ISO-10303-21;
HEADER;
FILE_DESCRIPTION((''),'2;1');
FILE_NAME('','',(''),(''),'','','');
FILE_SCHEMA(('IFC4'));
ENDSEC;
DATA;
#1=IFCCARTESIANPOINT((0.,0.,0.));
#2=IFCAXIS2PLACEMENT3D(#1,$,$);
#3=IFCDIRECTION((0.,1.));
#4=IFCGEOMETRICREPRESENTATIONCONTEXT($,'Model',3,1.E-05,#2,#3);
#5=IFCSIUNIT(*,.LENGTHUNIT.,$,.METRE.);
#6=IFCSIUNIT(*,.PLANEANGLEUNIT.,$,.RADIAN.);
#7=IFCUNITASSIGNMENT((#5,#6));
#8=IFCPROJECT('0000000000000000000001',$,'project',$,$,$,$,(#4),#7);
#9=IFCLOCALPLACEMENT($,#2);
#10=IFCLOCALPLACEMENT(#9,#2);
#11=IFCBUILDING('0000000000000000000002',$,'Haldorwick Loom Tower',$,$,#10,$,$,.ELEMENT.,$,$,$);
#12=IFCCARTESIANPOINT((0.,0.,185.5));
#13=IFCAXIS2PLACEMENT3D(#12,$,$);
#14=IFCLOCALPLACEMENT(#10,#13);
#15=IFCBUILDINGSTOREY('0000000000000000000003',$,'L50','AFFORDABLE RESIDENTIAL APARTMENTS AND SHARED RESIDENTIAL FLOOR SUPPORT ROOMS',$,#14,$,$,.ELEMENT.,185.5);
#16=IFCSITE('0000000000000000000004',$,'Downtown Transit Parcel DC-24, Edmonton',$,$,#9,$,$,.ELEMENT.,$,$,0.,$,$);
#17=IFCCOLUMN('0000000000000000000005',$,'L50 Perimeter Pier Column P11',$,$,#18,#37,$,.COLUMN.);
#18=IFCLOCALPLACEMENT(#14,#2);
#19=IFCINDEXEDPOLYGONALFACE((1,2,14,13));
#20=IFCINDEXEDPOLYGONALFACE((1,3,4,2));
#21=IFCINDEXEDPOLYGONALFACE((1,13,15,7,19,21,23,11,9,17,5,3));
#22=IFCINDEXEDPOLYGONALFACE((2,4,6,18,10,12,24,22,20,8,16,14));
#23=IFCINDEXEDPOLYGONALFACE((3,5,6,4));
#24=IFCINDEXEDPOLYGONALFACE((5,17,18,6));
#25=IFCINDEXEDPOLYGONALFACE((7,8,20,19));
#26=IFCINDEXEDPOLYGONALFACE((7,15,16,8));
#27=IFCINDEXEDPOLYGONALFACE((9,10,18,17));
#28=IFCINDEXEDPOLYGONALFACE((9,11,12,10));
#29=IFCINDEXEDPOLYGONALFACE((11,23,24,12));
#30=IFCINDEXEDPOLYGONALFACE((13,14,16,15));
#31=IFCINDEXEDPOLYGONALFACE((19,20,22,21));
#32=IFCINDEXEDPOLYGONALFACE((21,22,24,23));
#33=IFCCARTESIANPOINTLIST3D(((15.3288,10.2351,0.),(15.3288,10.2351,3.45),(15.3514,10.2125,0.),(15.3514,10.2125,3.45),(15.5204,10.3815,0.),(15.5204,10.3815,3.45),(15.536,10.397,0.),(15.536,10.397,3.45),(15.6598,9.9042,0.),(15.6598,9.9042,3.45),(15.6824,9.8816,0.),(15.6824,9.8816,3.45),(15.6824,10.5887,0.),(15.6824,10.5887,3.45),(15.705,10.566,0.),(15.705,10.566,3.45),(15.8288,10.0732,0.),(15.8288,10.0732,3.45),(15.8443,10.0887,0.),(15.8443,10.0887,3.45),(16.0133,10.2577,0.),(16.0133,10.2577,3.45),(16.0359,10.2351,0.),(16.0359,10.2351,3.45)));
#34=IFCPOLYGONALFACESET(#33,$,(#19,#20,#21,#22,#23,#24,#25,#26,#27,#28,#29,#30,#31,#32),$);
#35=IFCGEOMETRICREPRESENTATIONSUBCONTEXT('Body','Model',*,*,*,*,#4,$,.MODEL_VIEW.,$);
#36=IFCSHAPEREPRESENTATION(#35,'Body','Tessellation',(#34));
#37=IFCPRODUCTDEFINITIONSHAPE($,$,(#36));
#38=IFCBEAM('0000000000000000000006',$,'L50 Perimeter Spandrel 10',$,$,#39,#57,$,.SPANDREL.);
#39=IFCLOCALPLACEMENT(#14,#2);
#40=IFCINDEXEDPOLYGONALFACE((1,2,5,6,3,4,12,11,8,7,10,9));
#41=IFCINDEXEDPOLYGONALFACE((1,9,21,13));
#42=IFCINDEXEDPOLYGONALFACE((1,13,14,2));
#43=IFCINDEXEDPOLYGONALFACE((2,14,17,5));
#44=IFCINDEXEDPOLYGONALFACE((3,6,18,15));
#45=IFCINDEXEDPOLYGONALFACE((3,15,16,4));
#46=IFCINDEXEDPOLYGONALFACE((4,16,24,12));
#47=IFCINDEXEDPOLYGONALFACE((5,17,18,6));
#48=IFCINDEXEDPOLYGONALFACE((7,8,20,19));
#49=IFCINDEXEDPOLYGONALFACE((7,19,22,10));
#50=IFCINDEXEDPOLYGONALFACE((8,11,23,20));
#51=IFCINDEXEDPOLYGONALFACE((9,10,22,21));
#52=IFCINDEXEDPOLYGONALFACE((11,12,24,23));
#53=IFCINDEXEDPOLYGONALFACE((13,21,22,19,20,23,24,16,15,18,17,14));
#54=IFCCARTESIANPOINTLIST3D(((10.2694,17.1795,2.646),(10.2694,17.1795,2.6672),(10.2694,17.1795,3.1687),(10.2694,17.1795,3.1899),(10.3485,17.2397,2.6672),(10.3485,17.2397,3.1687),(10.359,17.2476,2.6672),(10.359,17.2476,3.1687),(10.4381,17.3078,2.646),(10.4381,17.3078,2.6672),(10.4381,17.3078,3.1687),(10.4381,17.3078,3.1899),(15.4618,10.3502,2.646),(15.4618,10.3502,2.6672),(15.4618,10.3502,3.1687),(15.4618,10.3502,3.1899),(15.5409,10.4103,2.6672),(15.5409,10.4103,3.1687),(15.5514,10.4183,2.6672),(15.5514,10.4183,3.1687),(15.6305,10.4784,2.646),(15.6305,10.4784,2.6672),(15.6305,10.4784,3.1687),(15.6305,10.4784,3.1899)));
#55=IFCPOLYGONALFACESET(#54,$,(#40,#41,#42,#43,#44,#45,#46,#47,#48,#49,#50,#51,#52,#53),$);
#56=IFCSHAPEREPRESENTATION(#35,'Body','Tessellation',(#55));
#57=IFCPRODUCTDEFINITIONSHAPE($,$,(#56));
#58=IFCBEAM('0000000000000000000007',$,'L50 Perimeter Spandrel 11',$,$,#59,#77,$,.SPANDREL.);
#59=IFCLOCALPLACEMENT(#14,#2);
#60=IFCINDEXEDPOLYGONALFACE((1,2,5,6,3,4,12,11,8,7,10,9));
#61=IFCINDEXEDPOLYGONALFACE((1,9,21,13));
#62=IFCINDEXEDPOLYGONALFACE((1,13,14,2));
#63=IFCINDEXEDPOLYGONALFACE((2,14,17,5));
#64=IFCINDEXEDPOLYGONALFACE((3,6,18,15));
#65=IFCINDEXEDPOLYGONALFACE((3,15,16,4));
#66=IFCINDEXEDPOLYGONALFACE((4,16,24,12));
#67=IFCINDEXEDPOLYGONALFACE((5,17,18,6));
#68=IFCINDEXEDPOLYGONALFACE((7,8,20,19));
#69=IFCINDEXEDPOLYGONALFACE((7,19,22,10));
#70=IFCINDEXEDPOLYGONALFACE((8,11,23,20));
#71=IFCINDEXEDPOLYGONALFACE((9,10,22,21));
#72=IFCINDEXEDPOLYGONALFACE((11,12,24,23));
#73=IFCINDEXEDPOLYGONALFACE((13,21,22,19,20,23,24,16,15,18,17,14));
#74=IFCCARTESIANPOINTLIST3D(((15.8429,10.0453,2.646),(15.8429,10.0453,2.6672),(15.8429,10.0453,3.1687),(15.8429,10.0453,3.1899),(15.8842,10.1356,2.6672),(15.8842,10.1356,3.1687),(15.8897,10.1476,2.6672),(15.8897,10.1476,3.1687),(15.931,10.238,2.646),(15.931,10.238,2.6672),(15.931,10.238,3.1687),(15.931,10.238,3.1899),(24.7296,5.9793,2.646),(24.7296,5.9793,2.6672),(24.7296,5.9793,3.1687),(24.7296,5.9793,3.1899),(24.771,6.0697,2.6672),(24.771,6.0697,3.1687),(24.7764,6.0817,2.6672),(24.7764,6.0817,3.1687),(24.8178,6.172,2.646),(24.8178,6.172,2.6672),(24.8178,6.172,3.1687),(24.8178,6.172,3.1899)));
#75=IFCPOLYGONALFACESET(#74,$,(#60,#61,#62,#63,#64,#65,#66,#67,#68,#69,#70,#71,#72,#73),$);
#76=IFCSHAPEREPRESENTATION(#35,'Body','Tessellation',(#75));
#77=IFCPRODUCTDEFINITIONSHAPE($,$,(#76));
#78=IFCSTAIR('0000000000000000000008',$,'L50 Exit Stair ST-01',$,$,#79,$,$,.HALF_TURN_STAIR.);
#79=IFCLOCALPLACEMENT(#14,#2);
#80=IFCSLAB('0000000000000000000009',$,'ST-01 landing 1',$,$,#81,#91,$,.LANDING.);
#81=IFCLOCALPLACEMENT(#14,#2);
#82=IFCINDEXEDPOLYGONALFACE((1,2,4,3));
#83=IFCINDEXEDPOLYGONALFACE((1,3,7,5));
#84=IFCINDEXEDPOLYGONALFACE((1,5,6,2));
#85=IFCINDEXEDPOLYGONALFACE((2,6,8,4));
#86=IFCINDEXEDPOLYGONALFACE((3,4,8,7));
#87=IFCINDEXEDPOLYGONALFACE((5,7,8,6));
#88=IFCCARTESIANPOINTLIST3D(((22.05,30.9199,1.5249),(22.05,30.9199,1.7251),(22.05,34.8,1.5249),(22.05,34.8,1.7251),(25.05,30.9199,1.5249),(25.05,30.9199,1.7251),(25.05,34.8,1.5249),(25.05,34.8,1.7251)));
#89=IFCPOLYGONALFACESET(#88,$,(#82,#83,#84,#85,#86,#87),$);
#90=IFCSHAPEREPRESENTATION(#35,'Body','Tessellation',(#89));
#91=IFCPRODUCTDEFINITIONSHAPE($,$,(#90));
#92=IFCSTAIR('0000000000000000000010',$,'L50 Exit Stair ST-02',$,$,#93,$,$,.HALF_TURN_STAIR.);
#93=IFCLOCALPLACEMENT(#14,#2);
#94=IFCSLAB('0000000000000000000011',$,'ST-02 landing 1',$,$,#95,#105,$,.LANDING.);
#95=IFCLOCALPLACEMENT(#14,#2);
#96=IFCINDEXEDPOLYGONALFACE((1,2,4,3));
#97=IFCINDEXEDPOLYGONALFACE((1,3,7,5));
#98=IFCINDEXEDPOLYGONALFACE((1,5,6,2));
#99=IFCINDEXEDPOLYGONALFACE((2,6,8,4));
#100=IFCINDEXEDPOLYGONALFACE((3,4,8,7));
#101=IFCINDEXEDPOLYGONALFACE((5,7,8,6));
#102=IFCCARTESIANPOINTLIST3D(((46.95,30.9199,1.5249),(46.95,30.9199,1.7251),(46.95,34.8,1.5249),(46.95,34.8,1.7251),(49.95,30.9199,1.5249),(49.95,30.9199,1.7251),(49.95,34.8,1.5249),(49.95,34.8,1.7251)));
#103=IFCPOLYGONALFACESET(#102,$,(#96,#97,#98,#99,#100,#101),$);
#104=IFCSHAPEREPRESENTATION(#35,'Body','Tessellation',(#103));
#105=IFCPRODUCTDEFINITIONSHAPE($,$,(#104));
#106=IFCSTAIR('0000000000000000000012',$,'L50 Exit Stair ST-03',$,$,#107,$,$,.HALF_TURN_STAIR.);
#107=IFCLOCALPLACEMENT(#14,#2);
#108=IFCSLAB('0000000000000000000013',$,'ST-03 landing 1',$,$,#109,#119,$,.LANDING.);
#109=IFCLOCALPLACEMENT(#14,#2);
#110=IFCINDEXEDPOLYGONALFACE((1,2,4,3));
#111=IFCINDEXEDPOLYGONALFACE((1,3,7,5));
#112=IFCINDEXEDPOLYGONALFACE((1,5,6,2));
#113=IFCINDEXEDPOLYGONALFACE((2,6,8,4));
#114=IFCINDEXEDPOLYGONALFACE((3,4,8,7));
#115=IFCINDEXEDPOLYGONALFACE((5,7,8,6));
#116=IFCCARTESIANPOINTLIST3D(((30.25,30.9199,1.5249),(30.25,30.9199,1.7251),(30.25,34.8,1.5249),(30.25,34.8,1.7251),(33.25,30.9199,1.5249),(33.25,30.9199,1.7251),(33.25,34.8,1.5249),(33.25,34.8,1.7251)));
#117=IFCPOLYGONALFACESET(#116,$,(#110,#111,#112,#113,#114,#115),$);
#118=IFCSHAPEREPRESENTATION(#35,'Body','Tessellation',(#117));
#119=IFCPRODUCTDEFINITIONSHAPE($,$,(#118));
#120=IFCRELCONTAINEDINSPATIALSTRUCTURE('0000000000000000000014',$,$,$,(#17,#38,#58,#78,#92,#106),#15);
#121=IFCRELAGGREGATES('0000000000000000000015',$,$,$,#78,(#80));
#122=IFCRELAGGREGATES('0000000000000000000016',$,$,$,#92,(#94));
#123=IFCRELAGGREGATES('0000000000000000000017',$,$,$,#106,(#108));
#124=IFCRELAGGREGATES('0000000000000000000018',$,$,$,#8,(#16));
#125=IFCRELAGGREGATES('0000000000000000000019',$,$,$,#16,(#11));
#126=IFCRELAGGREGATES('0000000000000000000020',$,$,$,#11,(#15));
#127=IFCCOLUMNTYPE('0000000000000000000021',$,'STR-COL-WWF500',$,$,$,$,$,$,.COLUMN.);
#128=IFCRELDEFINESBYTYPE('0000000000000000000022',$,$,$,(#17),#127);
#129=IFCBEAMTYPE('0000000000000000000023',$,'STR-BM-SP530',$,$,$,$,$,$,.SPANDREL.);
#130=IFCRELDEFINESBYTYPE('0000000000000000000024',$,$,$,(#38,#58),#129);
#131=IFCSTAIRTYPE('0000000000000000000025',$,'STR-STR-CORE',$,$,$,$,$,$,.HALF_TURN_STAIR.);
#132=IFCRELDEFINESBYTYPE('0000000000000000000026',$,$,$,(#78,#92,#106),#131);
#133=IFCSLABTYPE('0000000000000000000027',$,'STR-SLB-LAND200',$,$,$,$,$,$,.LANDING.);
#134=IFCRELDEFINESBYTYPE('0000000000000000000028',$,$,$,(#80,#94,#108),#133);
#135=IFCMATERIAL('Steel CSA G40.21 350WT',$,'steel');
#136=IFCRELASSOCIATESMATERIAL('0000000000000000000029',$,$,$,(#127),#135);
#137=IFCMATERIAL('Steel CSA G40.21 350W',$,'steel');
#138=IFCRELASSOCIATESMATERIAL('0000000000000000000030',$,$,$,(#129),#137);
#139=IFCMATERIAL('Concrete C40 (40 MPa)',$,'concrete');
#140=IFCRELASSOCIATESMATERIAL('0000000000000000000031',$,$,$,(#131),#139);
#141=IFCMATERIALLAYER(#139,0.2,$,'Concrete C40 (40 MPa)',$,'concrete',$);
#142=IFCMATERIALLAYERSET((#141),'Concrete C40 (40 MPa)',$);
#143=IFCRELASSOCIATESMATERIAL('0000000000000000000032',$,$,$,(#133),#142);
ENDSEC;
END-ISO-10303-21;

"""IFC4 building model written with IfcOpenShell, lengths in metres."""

from ifc_helpers import new_model, si_unit, direction, frame, origin, origin_2d, place, context, subcontext, project, spatial, polyline, i_section, outline, extrude, material, layer, layer_set, material_profile, profile_set, type_object, element, aggregate, save


model = new_model("IFC4")

# Units and contexts
model_context = context("Model", 3, precision=1e-05, world=origin(), true_north=direction((0.0, 1.0)))
body_context = subcontext(model_context, "Body", "Model", "MODEL_VIEW")
ifc_project = project(units=[si_unit("LENGTHUNIT", "METRE"), si_unit("PLANEANGLEUNIT", "RADIAN")], contexts=[model_context])

# Site, building, storey
site_placement = place(None, origin())
site = spatial("IfcSite", under=ifc_project, at=site_placement, Name="Downtown Transit Parcel DC-24, Edmonton", CompositionType="ELEMENT", RefElevation=0.0)
building_placement = place(site_placement, origin())
building = spatial("IfcBuilding", under=site, at=building_placement, Name="Haldorwick Loom Tower", CompositionType="ELEMENT")
storey_placement = place(building_placement, frame((0.0, 0.0, 185.5)))
storey = spatial("IfcBuildingStorey", under=building, at=storey_placement, Name="L50", Description="AFFORDABLE RESIDENTIAL APARTMENTS AND SHARED RESIDENTIAL FLOOR SUPPORT ROOMS", CompositionType="ELEMENT", Elevation=185.5)

# Column
ifc_material_1 = material(Name="Steel CSA G40.21 350WT", Category="steel")
ifc_material_profile_1 = material_profile(ifc_material_1, i_section(OverallWidth=0.5, OverallDepth=0.5, WebThickness=0.022, FlangeThickness=0.032, at=origin_2d()), Name="WWF500X500", Category="steel")
ifc_profile_set_1 = profile_set([ifc_material_profile_1], Name="Steel CSA G40.21 350WT")
column_type = type_object("IfcColumnType", Name="STR-COL-WWF500", PredefinedType="COLUMN", material=ifc_profile_set_1)
column_placement = place(storey_placement, frame((15.6824, 10.2351, 0.0), z_axis=(0.0, 0.0, 1.0), x_axis=(-0.707107, -0.707107, 0.0)))
element("IfcColumn", 1, at=column_placement, inside=storey, type_object=column_type, Name="L50 Perimeter Pier Column P11", PredefinedType="COLUMN", context=body_context, shape_type="SweptSolid", body=[
    extrude(i_section(OverallWidth=0.5, OverallDepth=0.5, WebThickness=0.022, FlangeThickness=0.032, at=origin_2d()), origin(), (0.0, 0.0, 1.0), 3.45),
])

# Beams
ifc_material_2 = material(Name="Steel CSA G40.21 350W", Category="steel")
ifc_material_profile_2 = material_profile(ifc_material_2, i_section(OverallWidth=0.2119, OverallDepth=0.5439, WebThickness=0.0132, FlangeThickness=0.0212, at=origin_2d()), Name="W530X123", Category="steel")
ifc_profile_set_2 = profile_set([ifc_material_profile_2], Name="Steel CSA G40.21 350W")
beam_type = type_object("IfcBeamType", Name="STR-BM-SP530", PredefinedType="SPANDREL", material=ifc_profile_set_2)
beam_1_placement = place(storey_placement, frame((10.3538, 17.2437, 2.918), z_axis=(0.605237, -0.796045, 0.0), x_axis=(0.796045, 0.605237, 0.0)))
element("IfcBeam", 2, at=beam_1_placement, inside=storey, type_object=beam_type, Name="L50 Perimeter Spandrel 10", PredefinedType="SPANDREL", context=body_context, shape_type="SweptSolid", body=[
    extrude(i_section(OverallWidth=0.2119, OverallDepth=0.5439, WebThickness=0.0132, FlangeThickness=0.0212, at=origin_2d()), origin(), (0.0, 0.0, 1.0), 8.5791),
])
beam_2_placement = place(storey_placement, frame((15.887, 10.1416, 2.918), z_axis=(0.909342, -0.416049, 0.0), x_axis=(0.416049, 0.909342, 0.0)))
element("IfcBeam", 3, at=beam_2_placement, inside=storey, type_object=beam_type, Name="L50 Perimeter Spandrel 11", PredefinedType="SPANDREL", context=body_context, shape_type="SweptSolid", body=[
    extrude(i_section(OverallWidth=0.2119, OverallDepth=0.5439, WebThickness=0.0132, FlangeThickness=0.0212, at=origin_2d()), origin(), (0.0, 0.0, 1.0), 9.7727),
])

# Stairs, slabs
ifc_material_3 = material(Name="Concrete C40 (40 MPa)", Category="concrete")
stair_type = type_object("IfcStairType", Name="STR-STR-CORE", PredefinedType="HALF_TURN_STAIR", material=ifc_material_3)
stair_1_placement = place(storey_placement, origin())
stair_1 = element("IfcStair", 4, at=stair_1_placement, inside=storey, type_object=stair_type, Name="L50 Exit Stair ST-01", PredefinedType="HALF_TURN_STAIR")
ifc_layer_1 = layer(ifc_material_3, 0.2, Name="Concrete C40 (40 MPa)", Category="concrete")
ifc_layer_set_1 = layer_set([ifc_layer_1], Name="Concrete C40 (40 MPa)")
slab_type_1 = type_object("IfcSlabType", Name="STR-SLB-LAND200", PredefinedType="LANDING", material=ifc_layer_set_1)
slab_1_placement = place(storey_placement, frame((0.0, 0.0, 1.5249)))
slab_1 = element("IfcSlab", 5, at=slab_1_placement, type_object=slab_type_1, Name="ST-01 landing 1", PredefinedType="LANDING", context=body_context, shape_type="SweptSolid", body=[
    extrude(outline(polyline([(25.05, 30.9199), (25.05, 34.8), (22.05, 34.8), (22.05, 30.9199), (25.05, 30.9199)])), origin(), (0.0, 0.0, 1.0), 0.2002),
])
aggregate(stair_1, [slab_1])
stair_2_placement = place(storey_placement, origin())
stair_2 = element("IfcStair", 6, at=stair_2_placement, inside=storey, type_object=stair_type, Name="L50 Exit Stair ST-02", PredefinedType="HALF_TURN_STAIR")
slab_2_placement = place(storey_placement, frame((0.0, 0.0, 1.5249)))
slab_2 = element("IfcSlab", 7, at=slab_2_placement, type_object=slab_type_1, Name="ST-02 landing 1", PredefinedType="LANDING", context=body_context, shape_type="SweptSolid", body=[
    extrude(outline(polyline([(49.95, 30.9199), (49.95, 34.8), (46.95, 34.8), (46.95, 30.9199), (49.95, 30.9199)])), origin(), (0.0, 0.0, 1.0), 0.2002),
])
aggregate(stair_2, [slab_2])
stair_3_placement = place(storey_placement, origin())
stair_3 = element("IfcStair", 8, at=stair_3_placement, inside=storey, type_object=stair_type, Name="L50 Exit Stair ST-03", PredefinedType="HALF_TURN_STAIR")
slab_3_placement = place(storey_placement, frame((0.0, 0.0, 1.5249)))
slab_3 = element("IfcSlab", 9, at=slab_3_placement, type_object=slab_type_1, Name="ST-03 landing 1", PredefinedType="LANDING", context=body_context, shape_type="SweptSolid", body=[
    extrude(outline(polyline([(33.25, 30.9199), (33.25, 34.8), (30.25, 34.8), (30.25, 30.9199), (33.25, 30.9199)])), origin(), (0.0, 0.0, 1.0), 0.2002),
])
aggregate(stair_3, [slab_3])

save(model, "model.ifc")
